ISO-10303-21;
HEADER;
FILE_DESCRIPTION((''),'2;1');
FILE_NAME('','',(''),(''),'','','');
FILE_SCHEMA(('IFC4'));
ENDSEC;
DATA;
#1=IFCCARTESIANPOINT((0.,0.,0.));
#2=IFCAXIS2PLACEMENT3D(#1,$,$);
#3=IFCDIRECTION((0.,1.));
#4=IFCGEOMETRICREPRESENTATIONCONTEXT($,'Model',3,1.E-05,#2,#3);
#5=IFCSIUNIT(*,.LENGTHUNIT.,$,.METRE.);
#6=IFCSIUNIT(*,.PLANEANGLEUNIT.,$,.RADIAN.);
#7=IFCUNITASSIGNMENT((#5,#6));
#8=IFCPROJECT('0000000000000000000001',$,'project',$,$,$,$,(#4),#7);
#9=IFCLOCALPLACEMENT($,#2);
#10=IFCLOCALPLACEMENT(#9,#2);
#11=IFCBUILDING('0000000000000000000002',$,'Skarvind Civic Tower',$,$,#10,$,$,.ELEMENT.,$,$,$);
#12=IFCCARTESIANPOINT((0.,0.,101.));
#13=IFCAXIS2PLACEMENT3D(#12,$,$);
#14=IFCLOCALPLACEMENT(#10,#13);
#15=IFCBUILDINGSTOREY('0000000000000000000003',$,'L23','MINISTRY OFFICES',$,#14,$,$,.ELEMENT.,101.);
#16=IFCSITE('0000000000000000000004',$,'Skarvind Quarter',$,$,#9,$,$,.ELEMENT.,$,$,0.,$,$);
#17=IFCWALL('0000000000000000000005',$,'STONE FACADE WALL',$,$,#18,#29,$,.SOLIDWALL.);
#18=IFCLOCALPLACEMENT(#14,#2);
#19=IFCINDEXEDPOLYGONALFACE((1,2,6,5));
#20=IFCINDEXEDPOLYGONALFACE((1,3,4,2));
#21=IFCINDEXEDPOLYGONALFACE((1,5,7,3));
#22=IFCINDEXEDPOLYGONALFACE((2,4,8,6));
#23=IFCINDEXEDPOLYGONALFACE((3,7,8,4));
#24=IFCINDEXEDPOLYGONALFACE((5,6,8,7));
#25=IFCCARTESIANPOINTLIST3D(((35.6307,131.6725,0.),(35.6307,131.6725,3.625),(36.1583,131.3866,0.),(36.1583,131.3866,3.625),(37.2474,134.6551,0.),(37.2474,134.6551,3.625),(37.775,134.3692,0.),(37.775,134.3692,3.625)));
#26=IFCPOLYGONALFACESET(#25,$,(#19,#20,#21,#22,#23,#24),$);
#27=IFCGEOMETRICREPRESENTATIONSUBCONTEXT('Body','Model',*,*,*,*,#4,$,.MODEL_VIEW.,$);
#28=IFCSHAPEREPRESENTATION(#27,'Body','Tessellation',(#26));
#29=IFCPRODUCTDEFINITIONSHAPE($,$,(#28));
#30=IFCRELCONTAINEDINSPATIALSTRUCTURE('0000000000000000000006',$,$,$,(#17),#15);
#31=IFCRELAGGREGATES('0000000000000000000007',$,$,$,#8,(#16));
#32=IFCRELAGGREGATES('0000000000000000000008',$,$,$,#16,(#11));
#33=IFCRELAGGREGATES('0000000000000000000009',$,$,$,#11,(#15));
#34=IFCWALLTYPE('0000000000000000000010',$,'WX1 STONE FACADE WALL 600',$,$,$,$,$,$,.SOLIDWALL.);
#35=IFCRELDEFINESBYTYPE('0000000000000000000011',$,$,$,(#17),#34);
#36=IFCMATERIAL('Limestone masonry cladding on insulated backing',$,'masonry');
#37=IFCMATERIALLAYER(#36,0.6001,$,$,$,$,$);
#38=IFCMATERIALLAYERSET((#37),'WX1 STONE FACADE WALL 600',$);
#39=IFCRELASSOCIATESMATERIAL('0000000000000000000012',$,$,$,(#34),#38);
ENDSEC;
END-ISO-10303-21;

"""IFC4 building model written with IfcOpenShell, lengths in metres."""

from ifc_helpers import new_model, si_unit, direction, frame, frame_2d, origin, place, context, subcontext, project, spatial, rectangle, extrude, material, layer, layer_set, type_object, element, save


model = new_model("IFC4")

# Units and contexts
model_context = context("Model", 3, precision=1e-05, world=origin(), true_north=direction((0.0, 1.0)))
body_context = subcontext(model_context, "Body", "Model", "MODEL_VIEW")
ifc_project = project(units=[si_unit("LENGTHUNIT", "METRE"), si_unit("PLANEANGLEUNIT", "RADIAN")], contexts=[model_context])

# Site, building, storey
site_placement = place(None, origin())
site = spatial("IfcSite", under=ifc_project, at=site_placement, Name="Skarvind Quarter", CompositionType="ELEMENT", RefElevation=0.0)
building_placement = place(site_placement, origin())
building = spatial("IfcBuilding", under=site, at=building_placement, Name="Skarvind Civic Tower", CompositionType="ELEMENT")
storey_placement = place(building_placement, frame((0.0, 0.0, 101.0)))
storey = spatial("IfcBuildingStorey", under=building, at=storey_placement, Name="L23", Description="MINISTRY OFFICES", CompositionType="ELEMENT", Elevation=101.0)

# Shared definitions
ifc_material_1 = material(Name="Limestone masonry cladding on insulated backing", Category="masonry")
ifc_layer_1 = layer(ifc_material_1, 0.6001)
ifc_layer_set_1 = layer_set([ifc_layer_1], Name="WX1 STONE FACADE WALL 600")
wall_type_1 = type_object("IfcWallType", Name="WX1 STONE FACADE WALL 600", PredefinedType="SOLIDWALL", material=ifc_layer_set_1)

# Wall
wall_1_placement = place(storey_placement, frame((35.8945, 131.5295, 0.0), z_axis=(0.0, 0.0, 1.0), x_axis=(0.476531, 0.879158, 0.0)))
element("IfcWall", 1, at=wall_1_placement, inside=storey, type_object=wall_type_1, Name="STONE FACADE WALL", PredefinedType="SOLIDWALL", context=body_context, shape_type="SweptSolid", body=[
    extrude(rectangle(XDim=3.3926, YDim=0.6001, at=frame_2d((1.6963, 0.0))), origin(), (0.0, 0.0, 1.0), 3.625),
])

save(model, "model.ifc")
